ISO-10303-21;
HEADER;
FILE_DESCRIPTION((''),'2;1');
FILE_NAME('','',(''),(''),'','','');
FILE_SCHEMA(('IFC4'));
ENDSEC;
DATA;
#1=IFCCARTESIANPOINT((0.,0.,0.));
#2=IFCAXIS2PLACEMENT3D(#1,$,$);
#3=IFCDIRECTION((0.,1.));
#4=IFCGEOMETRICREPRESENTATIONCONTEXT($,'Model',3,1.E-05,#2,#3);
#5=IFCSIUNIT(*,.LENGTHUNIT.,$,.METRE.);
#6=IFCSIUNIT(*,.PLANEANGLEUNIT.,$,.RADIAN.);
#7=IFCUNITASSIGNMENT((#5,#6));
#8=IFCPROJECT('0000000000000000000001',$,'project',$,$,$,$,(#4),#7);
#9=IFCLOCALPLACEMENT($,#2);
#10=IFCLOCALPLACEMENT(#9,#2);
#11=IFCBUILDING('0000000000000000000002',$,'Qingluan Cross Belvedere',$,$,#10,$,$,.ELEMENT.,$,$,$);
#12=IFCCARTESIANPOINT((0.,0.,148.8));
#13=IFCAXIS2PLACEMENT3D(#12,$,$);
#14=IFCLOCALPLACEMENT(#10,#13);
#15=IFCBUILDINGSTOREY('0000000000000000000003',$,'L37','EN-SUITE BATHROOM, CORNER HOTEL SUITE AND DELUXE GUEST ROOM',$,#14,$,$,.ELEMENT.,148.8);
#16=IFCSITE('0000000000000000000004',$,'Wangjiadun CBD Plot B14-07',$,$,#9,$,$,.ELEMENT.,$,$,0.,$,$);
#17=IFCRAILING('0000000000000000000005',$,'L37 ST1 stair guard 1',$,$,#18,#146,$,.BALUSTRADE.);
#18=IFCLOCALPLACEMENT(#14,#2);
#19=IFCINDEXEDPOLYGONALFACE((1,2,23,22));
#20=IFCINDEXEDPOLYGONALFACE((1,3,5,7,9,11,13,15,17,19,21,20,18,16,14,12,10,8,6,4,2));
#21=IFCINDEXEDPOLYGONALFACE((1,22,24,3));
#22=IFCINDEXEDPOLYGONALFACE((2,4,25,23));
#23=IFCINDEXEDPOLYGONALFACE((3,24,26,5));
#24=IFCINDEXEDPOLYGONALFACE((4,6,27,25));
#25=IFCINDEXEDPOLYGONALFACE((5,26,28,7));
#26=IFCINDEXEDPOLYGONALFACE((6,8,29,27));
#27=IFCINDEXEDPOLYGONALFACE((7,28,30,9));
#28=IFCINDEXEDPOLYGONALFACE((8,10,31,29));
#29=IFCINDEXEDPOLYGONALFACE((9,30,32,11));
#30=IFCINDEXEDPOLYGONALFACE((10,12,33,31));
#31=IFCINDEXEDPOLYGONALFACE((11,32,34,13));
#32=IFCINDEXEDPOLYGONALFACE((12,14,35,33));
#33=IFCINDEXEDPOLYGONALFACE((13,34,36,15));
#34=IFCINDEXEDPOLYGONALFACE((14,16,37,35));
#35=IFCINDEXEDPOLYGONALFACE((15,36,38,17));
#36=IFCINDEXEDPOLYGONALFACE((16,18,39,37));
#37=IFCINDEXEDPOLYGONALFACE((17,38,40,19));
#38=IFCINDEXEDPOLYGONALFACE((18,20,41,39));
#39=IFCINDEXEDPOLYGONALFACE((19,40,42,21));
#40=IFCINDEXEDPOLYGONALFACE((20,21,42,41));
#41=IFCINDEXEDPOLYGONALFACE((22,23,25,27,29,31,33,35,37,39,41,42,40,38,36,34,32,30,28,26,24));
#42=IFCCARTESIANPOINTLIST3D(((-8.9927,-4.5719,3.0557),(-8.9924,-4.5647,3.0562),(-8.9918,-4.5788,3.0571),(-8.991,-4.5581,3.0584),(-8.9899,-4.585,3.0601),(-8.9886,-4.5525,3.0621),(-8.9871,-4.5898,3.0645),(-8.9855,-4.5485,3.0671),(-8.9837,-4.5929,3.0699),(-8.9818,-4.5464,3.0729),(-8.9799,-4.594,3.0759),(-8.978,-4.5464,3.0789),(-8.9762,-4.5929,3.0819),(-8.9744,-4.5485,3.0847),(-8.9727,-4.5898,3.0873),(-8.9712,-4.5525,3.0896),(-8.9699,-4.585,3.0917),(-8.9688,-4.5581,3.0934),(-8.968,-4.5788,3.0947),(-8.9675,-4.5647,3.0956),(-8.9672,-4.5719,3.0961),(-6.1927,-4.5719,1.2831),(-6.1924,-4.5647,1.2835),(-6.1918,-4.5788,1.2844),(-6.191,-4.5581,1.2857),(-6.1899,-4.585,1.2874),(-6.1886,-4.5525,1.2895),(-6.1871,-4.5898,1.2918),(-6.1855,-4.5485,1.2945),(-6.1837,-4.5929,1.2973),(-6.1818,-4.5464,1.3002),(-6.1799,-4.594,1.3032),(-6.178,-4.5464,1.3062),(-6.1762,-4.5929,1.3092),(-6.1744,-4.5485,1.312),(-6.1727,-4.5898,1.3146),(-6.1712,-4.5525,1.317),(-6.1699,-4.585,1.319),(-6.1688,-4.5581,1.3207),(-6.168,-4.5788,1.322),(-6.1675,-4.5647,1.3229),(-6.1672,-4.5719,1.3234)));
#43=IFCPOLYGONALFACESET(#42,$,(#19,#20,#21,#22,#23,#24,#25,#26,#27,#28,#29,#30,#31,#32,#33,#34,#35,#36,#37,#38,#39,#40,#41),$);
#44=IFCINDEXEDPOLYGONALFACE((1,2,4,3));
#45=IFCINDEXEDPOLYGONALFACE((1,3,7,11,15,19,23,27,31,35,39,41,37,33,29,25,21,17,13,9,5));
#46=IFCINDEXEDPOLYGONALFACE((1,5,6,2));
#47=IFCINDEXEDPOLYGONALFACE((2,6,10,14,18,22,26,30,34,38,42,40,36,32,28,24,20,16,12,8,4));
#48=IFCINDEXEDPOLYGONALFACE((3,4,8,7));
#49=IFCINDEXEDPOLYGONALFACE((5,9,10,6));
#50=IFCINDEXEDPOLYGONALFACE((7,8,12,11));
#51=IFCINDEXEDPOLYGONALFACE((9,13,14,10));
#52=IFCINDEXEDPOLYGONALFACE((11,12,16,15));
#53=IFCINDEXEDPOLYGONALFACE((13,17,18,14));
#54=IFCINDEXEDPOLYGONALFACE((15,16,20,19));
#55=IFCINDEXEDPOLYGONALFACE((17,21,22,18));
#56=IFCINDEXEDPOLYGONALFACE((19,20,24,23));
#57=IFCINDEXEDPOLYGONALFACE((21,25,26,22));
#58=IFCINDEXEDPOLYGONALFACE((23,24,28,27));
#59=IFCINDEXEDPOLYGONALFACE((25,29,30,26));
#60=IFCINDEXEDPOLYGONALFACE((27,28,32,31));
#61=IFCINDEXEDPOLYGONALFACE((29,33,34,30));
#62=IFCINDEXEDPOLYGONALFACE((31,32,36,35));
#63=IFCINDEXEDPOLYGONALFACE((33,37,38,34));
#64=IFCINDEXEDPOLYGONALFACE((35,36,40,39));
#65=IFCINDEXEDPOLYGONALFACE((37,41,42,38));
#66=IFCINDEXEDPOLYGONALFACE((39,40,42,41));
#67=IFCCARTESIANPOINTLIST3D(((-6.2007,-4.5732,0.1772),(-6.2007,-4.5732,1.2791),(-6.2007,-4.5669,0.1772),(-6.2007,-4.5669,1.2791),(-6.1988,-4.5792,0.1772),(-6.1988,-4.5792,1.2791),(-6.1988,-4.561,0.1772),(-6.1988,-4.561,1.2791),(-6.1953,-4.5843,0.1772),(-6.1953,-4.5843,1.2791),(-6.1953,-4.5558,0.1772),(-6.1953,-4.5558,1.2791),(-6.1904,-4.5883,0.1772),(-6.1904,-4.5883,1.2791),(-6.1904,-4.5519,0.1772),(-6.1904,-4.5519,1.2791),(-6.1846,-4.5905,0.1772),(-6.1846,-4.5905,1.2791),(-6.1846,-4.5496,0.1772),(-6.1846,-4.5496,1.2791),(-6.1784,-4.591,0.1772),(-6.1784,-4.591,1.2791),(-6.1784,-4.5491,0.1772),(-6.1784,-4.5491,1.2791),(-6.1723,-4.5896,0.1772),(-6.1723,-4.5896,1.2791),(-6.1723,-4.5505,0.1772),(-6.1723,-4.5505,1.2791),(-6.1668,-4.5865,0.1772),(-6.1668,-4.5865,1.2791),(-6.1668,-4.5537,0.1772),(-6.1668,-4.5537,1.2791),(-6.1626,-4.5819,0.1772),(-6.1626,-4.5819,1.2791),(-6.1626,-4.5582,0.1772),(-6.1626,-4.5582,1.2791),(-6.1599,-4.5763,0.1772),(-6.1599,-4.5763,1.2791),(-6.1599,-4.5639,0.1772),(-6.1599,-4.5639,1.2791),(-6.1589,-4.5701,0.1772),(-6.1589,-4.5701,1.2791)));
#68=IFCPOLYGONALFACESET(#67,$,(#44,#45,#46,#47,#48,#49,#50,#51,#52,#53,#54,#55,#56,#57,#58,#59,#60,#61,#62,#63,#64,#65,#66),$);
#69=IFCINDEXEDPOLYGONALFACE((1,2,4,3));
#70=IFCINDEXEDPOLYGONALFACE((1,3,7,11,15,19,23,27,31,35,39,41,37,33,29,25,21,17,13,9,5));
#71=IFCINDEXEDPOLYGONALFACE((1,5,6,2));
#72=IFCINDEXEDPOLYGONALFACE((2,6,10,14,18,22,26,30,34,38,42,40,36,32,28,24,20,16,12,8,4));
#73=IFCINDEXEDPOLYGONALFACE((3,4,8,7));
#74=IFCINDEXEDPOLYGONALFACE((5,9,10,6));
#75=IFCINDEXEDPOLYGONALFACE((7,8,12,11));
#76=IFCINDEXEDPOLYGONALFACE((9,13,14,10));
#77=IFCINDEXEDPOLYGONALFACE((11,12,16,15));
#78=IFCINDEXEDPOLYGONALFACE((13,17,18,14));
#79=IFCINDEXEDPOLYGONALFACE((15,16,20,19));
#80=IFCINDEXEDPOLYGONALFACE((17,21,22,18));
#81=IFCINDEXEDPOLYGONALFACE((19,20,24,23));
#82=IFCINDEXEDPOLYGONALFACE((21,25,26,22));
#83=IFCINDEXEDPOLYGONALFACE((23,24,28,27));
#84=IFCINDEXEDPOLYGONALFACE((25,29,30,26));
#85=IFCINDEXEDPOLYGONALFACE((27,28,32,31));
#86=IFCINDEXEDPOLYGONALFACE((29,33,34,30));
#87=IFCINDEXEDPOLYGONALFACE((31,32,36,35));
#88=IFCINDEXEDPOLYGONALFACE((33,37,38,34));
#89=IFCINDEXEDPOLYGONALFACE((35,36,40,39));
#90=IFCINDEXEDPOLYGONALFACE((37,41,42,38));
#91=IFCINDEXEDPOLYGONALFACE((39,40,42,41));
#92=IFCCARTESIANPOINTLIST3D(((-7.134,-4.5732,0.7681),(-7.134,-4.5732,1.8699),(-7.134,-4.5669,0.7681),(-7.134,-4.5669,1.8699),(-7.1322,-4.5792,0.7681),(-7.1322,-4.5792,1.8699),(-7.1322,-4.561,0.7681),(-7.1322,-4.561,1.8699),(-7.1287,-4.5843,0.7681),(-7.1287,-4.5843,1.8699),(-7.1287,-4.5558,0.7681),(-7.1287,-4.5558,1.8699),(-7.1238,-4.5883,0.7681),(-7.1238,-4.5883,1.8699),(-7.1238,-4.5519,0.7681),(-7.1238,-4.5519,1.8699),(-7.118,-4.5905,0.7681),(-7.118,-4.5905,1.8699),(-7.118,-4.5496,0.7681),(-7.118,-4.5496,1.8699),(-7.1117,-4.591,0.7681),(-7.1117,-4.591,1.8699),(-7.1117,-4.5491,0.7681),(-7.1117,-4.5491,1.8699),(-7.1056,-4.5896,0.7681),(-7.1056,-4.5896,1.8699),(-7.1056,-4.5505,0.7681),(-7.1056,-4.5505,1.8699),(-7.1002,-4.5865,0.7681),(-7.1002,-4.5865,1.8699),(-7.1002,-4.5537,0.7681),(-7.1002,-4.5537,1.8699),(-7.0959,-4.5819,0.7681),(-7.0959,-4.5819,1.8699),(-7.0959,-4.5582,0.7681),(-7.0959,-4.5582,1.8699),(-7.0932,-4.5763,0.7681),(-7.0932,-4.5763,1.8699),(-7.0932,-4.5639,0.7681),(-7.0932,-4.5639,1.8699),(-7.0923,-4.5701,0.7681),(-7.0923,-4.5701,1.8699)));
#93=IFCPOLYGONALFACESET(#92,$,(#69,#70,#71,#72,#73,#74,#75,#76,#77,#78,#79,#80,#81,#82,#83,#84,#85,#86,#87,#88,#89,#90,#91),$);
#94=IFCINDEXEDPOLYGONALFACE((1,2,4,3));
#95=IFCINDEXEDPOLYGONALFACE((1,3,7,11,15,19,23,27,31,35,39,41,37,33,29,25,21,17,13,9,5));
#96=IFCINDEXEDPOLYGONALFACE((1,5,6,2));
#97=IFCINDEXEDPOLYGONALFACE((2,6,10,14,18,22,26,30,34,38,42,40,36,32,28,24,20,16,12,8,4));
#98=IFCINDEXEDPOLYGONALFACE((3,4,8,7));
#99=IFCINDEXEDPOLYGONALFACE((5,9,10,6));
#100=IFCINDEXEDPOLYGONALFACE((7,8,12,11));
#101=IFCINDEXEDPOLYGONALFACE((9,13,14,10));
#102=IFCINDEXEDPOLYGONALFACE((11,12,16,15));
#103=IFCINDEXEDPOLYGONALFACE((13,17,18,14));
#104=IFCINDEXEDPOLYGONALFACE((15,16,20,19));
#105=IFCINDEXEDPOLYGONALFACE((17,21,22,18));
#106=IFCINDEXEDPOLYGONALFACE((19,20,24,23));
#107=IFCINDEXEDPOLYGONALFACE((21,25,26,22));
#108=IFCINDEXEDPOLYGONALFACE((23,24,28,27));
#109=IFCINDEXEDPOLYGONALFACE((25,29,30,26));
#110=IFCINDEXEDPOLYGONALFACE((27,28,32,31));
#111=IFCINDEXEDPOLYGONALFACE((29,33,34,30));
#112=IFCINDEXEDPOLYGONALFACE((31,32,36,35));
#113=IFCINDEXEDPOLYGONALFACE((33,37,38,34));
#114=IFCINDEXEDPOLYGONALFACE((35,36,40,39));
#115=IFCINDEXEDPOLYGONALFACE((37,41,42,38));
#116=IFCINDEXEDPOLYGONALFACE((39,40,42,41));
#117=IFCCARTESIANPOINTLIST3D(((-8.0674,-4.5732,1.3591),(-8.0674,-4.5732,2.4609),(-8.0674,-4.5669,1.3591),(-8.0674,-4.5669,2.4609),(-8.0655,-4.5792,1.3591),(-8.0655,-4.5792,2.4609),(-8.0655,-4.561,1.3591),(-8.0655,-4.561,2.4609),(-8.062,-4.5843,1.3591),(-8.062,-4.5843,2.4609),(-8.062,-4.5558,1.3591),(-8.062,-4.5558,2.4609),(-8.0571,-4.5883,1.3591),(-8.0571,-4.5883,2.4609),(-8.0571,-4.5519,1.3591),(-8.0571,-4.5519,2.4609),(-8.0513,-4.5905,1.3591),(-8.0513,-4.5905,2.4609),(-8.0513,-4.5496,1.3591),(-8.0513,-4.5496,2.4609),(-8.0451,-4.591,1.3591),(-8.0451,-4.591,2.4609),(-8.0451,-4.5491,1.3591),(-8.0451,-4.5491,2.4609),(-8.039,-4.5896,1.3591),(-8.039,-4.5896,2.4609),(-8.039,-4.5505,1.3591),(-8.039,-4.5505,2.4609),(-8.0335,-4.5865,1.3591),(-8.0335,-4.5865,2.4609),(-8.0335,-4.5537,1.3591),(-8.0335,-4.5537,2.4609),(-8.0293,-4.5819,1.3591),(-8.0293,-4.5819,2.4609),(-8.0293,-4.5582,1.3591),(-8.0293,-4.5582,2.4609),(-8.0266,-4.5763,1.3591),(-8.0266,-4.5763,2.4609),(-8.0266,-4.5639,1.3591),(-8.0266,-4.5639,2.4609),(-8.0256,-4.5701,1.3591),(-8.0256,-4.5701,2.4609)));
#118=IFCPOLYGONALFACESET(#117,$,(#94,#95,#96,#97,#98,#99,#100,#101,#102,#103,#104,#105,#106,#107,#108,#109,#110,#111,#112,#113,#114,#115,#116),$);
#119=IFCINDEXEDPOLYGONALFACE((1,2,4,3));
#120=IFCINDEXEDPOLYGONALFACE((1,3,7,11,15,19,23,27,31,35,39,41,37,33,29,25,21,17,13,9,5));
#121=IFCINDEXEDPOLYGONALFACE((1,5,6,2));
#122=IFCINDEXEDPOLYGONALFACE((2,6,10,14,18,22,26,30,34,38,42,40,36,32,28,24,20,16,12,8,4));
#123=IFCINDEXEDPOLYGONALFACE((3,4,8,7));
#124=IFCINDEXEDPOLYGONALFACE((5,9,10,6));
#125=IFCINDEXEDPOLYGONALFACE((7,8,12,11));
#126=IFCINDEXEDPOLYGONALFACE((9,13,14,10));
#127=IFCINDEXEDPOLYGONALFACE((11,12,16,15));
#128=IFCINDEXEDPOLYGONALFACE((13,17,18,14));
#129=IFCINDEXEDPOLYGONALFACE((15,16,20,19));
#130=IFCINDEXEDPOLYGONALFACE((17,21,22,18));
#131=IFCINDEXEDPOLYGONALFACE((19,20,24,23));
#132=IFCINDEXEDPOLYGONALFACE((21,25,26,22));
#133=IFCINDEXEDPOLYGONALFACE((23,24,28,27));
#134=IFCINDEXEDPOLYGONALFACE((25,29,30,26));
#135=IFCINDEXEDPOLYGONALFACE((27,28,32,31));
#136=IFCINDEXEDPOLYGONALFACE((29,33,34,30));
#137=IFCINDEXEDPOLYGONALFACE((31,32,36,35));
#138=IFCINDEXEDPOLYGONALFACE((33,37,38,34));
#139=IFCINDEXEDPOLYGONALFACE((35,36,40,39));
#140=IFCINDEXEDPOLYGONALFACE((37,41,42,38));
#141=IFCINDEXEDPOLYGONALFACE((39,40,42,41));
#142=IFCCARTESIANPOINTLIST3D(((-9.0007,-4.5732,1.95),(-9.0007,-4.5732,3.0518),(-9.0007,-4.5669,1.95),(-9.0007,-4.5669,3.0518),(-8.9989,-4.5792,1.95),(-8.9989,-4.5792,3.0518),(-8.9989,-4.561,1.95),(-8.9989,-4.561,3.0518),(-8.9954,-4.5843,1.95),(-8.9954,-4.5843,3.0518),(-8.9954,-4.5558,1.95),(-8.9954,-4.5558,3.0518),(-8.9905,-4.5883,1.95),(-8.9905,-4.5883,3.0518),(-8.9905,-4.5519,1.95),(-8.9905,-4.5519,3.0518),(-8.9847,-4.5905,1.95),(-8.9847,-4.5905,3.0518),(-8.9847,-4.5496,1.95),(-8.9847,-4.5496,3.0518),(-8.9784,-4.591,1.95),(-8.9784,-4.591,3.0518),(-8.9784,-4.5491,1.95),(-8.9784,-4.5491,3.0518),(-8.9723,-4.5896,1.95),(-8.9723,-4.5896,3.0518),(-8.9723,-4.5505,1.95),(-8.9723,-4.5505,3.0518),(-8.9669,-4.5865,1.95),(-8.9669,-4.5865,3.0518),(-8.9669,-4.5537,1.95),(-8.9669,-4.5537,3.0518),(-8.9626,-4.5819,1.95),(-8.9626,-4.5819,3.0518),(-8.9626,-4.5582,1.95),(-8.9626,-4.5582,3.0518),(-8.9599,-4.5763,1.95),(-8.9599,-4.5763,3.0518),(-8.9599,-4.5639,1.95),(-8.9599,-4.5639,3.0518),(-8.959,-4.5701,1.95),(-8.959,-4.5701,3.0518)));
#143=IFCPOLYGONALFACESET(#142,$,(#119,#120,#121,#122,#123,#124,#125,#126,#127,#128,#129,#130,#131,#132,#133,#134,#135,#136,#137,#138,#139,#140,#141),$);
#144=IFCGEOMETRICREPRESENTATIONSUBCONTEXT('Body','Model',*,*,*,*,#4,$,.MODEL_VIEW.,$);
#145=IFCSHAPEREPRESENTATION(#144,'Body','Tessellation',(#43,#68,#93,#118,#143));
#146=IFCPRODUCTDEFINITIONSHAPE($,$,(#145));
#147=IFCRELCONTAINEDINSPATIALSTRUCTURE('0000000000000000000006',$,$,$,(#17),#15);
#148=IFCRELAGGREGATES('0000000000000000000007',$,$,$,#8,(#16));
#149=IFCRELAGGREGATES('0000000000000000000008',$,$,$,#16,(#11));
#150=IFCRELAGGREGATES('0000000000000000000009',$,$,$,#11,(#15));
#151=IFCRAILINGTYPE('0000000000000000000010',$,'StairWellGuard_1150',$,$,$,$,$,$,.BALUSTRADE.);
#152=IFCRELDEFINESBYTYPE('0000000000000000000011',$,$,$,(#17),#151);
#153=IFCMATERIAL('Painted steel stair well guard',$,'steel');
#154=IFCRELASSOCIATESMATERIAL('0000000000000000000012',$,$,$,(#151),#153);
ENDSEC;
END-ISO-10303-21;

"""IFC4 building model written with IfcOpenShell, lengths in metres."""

from ifc_helpers import new_model, si_unit, direction, frame, origin, origin_2d, place, context, subcontext, project, spatial, circle, extrude, material, type_object, element, save


model = new_model("IFC4")

# Units and contexts
model_context = context("Model", 3, precision=1e-05, world=origin(), true_north=direction((0.0, 1.0)))
body_context = subcontext(model_context, "Body", "Model", "MODEL_VIEW")
ifc_project = project(units=[si_unit("LENGTHUNIT", "METRE"), si_unit("PLANEANGLEUNIT", "RADIAN")], contexts=[model_context])

# Site, building, storey
site_placement = place(None, origin())
site = spatial("IfcSite", under=ifc_project, at=site_placement, Name="Wangjiadun CBD Plot B14-07", CompositionType="ELEMENT", RefElevation=0.0)
building_placement = place(site_placement, origin())
building = spatial("IfcBuilding", under=site, at=building_placement, Name="Qingluan Cross Belvedere", CompositionType="ELEMENT")
storey_placement = place(building_placement, frame((0.0, 0.0, 148.8)))
storey = spatial("IfcBuildingStorey", under=building, at=storey_placement, Name="L37", Description="EN-SUITE BATHROOM, CORNER HOTEL SUITE AND DELUXE GUEST ROOM", CompositionType="ELEMENT", Elevation=148.8)

# Railing
ifc_material_1 = material(Name="Painted steel stair well guard", Category="steel")
railing_type_1 = type_object("IfcRailingType", Name="StairWellGuard_1150", PredefinedType="BALUSTRADE", material=ifc_material_1)
railing_1_placement = place(storey_placement, frame((-6.1799, -4.5701, 0.1772)))
element("IfcRailing", 1, at=railing_1_placement, inside=storey, type_object=railing_type_1, Name="L37 ST1 stair guard 1", PredefinedType="BALUSTRADE", context=body_context, shape_type="SweptSolid", body=[
    extrude(circle(Radius=0.0239, at=origin_2d()), frame((0.0, 0.0, 1.126), z_axis=(-0.844909, 0.0, 0.53491), x_axis=(0.0, -1.0, 0.0)), (0.0, 0.0, 1.0), 3.314),
    extrude(circle(Radius=0.021, at=origin_2d()), origin(), (0.0, 0.0, 1.0), 1.1018),
    extrude(circle(Radius=0.021, at=origin_2d()), frame((-0.9333, 0.0, 0.5908)), (0.0, 0.0, 1.0), 1.1018),
    extrude(circle(Radius=0.021, at=origin_2d()), frame((-1.8667, 0.0, 1.1819)), (0.0, 0.0, 1.0), 1.1018),
    extrude(circle(Radius=0.021, at=origin_2d()), frame((-2.8, 0.0, 1.7727)), (0.0, 0.0, 1.0), 1.1018),
])

save(model, "model.ifc")
